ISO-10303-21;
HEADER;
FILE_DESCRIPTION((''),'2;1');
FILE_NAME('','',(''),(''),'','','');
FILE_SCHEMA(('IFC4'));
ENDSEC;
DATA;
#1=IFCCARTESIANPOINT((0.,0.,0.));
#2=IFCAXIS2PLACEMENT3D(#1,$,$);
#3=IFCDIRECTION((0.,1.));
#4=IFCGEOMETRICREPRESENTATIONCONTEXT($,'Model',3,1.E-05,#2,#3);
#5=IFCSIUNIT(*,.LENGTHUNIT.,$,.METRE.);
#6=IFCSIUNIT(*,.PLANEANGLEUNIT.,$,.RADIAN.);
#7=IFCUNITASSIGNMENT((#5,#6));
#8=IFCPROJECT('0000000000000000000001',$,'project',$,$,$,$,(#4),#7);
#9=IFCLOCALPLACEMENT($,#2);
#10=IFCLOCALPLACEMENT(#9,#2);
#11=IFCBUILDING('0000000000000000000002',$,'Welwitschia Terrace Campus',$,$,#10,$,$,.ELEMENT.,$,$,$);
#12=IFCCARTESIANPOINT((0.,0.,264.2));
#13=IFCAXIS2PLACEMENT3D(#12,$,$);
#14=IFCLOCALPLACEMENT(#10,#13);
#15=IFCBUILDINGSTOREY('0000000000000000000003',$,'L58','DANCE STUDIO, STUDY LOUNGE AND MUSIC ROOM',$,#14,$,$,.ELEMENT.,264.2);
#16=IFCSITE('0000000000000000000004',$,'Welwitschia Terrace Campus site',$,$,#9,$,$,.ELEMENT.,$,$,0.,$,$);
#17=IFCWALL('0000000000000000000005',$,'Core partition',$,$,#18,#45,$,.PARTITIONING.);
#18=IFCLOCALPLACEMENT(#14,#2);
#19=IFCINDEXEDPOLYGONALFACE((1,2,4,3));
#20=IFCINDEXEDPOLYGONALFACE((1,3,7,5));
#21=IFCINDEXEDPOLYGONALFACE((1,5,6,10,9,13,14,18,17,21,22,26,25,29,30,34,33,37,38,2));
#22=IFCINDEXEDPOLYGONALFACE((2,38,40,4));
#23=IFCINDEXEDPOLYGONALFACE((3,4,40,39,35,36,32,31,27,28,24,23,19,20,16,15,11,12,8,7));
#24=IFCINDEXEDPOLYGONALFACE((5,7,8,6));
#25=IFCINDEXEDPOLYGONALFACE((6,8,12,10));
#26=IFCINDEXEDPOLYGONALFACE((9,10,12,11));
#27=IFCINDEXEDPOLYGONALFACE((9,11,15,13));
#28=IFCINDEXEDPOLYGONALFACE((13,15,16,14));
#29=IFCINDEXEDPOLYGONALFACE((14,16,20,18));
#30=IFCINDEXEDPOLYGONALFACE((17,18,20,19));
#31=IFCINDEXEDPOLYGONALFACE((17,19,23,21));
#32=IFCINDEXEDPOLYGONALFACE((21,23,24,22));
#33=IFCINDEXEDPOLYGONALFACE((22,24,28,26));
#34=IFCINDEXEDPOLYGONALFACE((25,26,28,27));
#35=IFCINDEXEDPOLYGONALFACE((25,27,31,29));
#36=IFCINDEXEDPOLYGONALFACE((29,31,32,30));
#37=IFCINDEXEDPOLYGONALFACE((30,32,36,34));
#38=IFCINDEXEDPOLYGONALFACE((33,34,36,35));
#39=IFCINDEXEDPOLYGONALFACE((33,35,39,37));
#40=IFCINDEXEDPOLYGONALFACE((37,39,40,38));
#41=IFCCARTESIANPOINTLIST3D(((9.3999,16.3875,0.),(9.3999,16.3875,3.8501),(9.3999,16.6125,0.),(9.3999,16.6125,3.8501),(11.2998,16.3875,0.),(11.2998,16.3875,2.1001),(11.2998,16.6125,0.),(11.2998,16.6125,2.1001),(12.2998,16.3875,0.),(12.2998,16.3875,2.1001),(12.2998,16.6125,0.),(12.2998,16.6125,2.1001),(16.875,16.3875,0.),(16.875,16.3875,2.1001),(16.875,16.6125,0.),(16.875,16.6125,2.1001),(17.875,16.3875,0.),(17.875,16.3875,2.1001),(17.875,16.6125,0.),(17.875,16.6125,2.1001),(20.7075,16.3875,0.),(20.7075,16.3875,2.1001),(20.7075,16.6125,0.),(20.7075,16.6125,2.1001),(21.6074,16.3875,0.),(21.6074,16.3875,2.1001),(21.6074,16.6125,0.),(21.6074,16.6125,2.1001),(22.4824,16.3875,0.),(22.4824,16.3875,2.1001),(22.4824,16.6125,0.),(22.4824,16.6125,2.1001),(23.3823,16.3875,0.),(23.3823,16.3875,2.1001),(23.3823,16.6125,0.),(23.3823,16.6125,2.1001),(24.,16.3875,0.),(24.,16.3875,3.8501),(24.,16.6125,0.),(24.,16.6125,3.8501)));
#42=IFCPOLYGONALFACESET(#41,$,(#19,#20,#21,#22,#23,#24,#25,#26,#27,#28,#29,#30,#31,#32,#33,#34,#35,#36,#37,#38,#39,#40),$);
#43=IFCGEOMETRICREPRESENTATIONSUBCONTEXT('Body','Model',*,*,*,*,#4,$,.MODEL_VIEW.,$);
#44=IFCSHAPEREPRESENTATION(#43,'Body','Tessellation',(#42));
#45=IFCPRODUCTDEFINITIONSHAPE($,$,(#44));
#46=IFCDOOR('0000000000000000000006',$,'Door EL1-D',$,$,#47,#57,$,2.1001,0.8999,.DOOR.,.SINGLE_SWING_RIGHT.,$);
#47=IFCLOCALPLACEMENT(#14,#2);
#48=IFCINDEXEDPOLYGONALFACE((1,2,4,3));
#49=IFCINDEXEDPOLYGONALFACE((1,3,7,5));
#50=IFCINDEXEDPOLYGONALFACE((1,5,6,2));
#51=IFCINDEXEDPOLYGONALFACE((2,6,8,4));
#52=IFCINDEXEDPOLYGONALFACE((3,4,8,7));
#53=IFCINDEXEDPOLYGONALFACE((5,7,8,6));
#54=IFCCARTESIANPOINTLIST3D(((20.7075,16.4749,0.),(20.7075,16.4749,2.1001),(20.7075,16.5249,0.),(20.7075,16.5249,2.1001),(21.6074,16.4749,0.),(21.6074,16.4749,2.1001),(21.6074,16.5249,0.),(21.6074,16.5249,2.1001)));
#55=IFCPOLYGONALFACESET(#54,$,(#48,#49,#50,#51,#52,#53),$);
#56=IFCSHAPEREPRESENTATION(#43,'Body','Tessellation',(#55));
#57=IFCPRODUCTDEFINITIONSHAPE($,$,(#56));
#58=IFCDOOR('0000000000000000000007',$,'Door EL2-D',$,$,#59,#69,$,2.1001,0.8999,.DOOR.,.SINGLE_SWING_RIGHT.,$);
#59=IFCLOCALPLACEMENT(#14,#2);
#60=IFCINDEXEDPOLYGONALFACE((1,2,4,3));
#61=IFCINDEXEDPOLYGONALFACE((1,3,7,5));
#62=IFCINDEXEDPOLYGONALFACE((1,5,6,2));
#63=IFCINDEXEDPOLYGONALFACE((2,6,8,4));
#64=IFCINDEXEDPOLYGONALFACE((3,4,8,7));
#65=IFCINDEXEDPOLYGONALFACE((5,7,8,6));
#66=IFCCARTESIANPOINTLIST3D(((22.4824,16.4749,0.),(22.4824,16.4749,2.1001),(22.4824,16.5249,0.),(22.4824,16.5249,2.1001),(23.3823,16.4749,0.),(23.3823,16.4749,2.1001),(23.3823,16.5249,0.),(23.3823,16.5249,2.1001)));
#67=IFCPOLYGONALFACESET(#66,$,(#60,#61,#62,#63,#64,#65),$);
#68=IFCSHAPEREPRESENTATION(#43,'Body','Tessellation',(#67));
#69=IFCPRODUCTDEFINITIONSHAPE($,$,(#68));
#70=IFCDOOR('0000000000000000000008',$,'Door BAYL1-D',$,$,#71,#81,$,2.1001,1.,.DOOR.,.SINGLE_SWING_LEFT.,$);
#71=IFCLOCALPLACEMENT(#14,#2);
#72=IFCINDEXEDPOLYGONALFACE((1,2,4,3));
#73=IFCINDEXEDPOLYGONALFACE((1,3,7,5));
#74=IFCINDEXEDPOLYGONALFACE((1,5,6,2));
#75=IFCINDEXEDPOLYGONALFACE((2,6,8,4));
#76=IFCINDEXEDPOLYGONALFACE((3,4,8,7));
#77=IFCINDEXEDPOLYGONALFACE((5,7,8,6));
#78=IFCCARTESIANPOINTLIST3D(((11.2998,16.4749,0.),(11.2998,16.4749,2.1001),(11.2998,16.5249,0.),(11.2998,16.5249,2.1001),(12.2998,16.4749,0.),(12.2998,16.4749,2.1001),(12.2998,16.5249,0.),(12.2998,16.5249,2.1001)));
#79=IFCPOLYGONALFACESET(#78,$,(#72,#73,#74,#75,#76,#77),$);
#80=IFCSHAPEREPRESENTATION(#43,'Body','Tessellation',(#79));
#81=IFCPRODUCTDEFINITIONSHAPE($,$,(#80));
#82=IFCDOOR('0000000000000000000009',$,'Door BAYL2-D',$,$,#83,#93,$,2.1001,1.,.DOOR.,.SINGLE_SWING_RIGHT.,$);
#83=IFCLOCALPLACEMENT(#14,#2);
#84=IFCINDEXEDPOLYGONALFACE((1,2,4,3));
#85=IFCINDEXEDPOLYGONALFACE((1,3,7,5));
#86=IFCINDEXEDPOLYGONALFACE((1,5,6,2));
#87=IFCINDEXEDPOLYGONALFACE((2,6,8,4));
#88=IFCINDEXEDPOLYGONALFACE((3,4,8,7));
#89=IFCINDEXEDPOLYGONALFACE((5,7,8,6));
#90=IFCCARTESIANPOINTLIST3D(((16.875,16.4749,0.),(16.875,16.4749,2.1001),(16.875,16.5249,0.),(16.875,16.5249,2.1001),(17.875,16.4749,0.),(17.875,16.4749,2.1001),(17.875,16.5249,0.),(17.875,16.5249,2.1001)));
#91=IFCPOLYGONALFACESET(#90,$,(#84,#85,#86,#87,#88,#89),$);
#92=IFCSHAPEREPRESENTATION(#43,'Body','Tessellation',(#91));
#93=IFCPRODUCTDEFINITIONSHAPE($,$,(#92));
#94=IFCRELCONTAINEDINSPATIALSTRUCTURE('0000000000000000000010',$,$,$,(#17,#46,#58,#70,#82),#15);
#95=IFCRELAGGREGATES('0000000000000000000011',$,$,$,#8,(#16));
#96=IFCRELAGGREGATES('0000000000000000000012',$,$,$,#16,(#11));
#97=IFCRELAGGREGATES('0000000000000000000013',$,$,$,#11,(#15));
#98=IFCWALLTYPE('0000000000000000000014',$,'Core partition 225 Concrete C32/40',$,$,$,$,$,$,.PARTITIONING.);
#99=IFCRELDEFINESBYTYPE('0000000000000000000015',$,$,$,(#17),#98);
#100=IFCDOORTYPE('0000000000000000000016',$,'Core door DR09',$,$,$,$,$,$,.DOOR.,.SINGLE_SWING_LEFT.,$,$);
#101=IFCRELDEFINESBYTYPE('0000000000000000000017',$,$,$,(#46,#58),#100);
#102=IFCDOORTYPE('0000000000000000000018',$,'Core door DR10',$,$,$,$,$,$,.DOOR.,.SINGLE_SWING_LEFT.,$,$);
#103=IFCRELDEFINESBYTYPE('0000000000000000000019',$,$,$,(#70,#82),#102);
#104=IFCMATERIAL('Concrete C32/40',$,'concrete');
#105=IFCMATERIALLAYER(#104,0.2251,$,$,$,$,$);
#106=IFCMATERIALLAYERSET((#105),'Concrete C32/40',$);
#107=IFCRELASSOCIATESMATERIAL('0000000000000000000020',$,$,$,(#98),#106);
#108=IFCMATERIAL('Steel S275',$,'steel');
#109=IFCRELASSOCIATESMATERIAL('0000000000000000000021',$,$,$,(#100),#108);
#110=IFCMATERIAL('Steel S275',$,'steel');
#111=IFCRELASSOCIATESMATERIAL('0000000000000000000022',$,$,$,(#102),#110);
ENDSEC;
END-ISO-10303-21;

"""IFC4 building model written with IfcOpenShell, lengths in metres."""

from ifc_helpers import new_model, si_unit, direction, frame, frame_2d, origin, place, context, subcontext, project, spatial, rectangle, extrude, material, layer, layer_set, type_object, element, fill, save


model = new_model("IFC4")

# Units and contexts
model_context = context("Model", 3, precision=1e-05, world=origin(), true_north=direction((0.0, 1.0)))
body_context = subcontext(model_context, "Body", "Model", "MODEL_VIEW")
ifc_project = project(units=[si_unit("LENGTHUNIT", "METRE"), si_unit("PLANEANGLEUNIT", "RADIAN")], contexts=[model_context])

# Site, building, storey
site_placement = place(None, origin())
site = spatial("IfcSite", under=ifc_project, at=site_placement, Name="Welwitschia Terrace Campus site", CompositionType="ELEMENT", RefElevation=0.0)
building_placement = place(site_placement, origin())
building = spatial("IfcBuilding", under=site, at=building_placement, Name="Welwitschia Terrace Campus", CompositionType="ELEMENT")
storey_placement = place(building_placement, frame((0.0, 0.0, 264.2)))
storey = spatial("IfcBuildingStorey", under=building, at=storey_placement, Name="L58", Description="DANCE STUDIO, STUDY LOUNGE AND MUSIC ROOM", CompositionType="ELEMENT", Elevation=264.2)

# Shared definitions
ifc_material_1 = material(Name="Concrete C32/40", Category="concrete")
ifc_layer_1 = layer(ifc_material_1, 0.2251)
ifc_layer_set_1 = layer_set([ifc_layer_1], Name="Concrete C32/40")
wall_type_1 = type_object("IfcWallType", Name="Core partition 225 Concrete C32/40", PredefinedType="PARTITIONING", material=ifc_layer_set_1)

# Wall, openings, doors
wall_1_placement = place(storey_placement, frame((9.3999, 16.5, 0.0), z_axis=(0.0, 0.0, 1.0), x_axis=(1.0, 0.0, 0.0)))
wall_1 = element("IfcWall", 1, at=wall_1_placement, inside=storey, type_object=wall_type_1, Name="Core partition", PredefinedType="PARTITIONING", context=body_context, shape_type="SweptSolid", body=[
    extrude(rectangle(XDim=14.6001, YDim=0.2251, at=frame_2d((7.3, 0.0))), origin(), (0.0, 0.0, 1.0), 3.8501),
])
opening_1_placement = place(wall_1_placement, frame((1.8999, 0.0, 0.0)))
opening_1 = element("IfcOpeningElement", 2, at=opening_1_placement, cuts=wall_1, PredefinedType="OPENING", context=body_context, shape_type="SweptSolid", body=[
    extrude(rectangle(XDim=1.0, YDim=2.1001, at=frame_2d((0.5, 1.05))), frame((0.0, 0.1226, 0.0), z_axis=(0.0, -1.0, 0.0), x_axis=(1.0, 0.0, 0.0)), (0.0, 0.0, 1.0), 0.2451),
])
opening_2_placement = place(wall_1_placement, frame((7.4751, 0.0, 0.0)))
opening_2 = element("IfcOpeningElement", 3, at=opening_2_placement, cuts=wall_1, PredefinedType="OPENING", context=body_context, shape_type="SweptSolid", body=[
    extrude(rectangle(XDim=1.0, YDim=2.1001, at=frame_2d((0.5, 1.05))), frame((0.0, 0.1226, 0.0), z_axis=(0.0, -1.0, 0.0), x_axis=(1.0, 0.0, 0.0)), (0.0, 0.0, 1.0), 0.2451),
])
opening_3_placement = place(wall_1_placement, frame((11.3076, 0.0, 0.0)))
opening_3 = element("IfcOpeningElement", 4, at=opening_3_placement, cuts=wall_1, PredefinedType="OPENING", context=body_context, shape_type="SweptSolid", body=[
    extrude(rectangle(XDim=0.8999, YDim=2.1001, at=frame_2d((0.45, 1.05))), frame((0.0, 0.1226, 0.0), z_axis=(0.0, -1.0, 0.0), x_axis=(1.0, 0.0, 0.0)), (0.0, 0.0, 1.0), 0.2451),
])
opening_4_placement = place(wall_1_placement, frame((13.0825, 0.0, 0.0)))
opening_4 = element("IfcOpeningElement", 5, at=opening_4_placement, cuts=wall_1, PredefinedType="OPENING", context=body_context, shape_type="SweptSolid", body=[
    extrude(rectangle(XDim=0.8999, YDim=2.1001, at=frame_2d((0.45, 1.05))), frame((0.0, 0.1226, 0.0), z_axis=(0.0, -1.0, 0.0), x_axis=(1.0, 0.0, 0.0)), (0.0, 0.0, 1.0), 0.2451),
])
ifc_material_2 = material(Name="Steel S275", Category="steel")
door_type_1 = type_object("IfcDoorType", Name="Core door DR09", OperationType="SINGLE_SWING_LEFT", PredefinedType="DOOR", material=ifc_material_2)
door_1_placement = place(opening_3_placement, origin())
door_1 = element("IfcDoor", 6, at=door_1_placement, inside=storey, type_object=door_type_1, Name="Door EL1-D", OperationType="SINGLE_SWING_RIGHT", OverallHeight=2.1001, OverallWidth=0.8999, PredefinedType="DOOR", context=body_context, shape_type="SweptSolid", body=[
    extrude(rectangle(XDim=0.8999, YDim=2.1001, at=frame_2d((0.45, 1.05))), frame((0.0, 0.0249, 0.0), z_axis=(0.0, -1.0, 0.0), x_axis=(1.0, 0.0, 0.0)), (0.0, 0.0, 1.0), 0.05),
])
fill(opening_3, door_1)
door_2_placement = place(opening_4_placement, origin())
door_2 = element("IfcDoor", 7, at=door_2_placement, inside=storey, type_object=door_type_1, Name="Door EL2-D", OperationType="SINGLE_SWING_RIGHT", OverallHeight=2.1001, OverallWidth=0.8999, PredefinedType="DOOR", context=body_context, shape_type="SweptSolid", body=[
    extrude(rectangle(XDim=0.8999, YDim=2.1001, at=frame_2d((0.45, 1.05))), frame((0.0, 0.0249, 0.0), z_axis=(0.0, -1.0, 0.0), x_axis=(1.0, 0.0, 0.0)), (0.0, 0.0, 1.0), 0.05),
])
fill(opening_4, door_2)
ifc_material_3 = material(Name="Steel S275", Category="steel")
door_type_2 = type_object("IfcDoorType", Name="Core door DR10", OperationType="SINGLE_SWING_LEFT", PredefinedType="DOOR", material=ifc_material_3)
door_3_placement = place(opening_1_placement, origin())
door_3 = element("IfcDoor", 8, at=door_3_placement, inside=storey, type_object=door_type_2, Name="Door BAYL1-D", OperationType="SINGLE_SWING_LEFT", OverallHeight=2.1001, OverallWidth=1.0, PredefinedType="DOOR", context=body_context, shape_type="SweptSolid", body=[
    extrude(rectangle(XDim=1.0, YDim=2.1001, at=frame_2d((0.5, 1.05))), frame((0.0, 0.0249, 0.0), z_axis=(0.0, -1.0, 0.0), x_axis=(1.0, 0.0, 0.0)), (0.0, 0.0, 1.0), 0.05),
])
fill(opening_1, door_3)
door_4_placement = place(opening_2_placement, origin())
door_4 = element("IfcDoor", 9, at=door_4_placement, inside=storey, type_object=door_type_2, Name="Door BAYL2-D", OperationType="SINGLE_SWING_RIGHT", OverallHeight=2.1001, OverallWidth=1.0, PredefinedType="DOOR", context=body_context, shape_type="SweptSolid", body=[
    extrude(rectangle(XDim=1.0, YDim=2.1001, at=frame_2d((0.5, 1.05))), frame((0.0, 0.0249, 0.0), z_axis=(0.0, -1.0, 0.0), x_axis=(1.0, 0.0, 0.0)), (0.0, 0.0, 1.0), 0.05),
])
fill(opening_2, door_4)

save(model, "model.ifc")
